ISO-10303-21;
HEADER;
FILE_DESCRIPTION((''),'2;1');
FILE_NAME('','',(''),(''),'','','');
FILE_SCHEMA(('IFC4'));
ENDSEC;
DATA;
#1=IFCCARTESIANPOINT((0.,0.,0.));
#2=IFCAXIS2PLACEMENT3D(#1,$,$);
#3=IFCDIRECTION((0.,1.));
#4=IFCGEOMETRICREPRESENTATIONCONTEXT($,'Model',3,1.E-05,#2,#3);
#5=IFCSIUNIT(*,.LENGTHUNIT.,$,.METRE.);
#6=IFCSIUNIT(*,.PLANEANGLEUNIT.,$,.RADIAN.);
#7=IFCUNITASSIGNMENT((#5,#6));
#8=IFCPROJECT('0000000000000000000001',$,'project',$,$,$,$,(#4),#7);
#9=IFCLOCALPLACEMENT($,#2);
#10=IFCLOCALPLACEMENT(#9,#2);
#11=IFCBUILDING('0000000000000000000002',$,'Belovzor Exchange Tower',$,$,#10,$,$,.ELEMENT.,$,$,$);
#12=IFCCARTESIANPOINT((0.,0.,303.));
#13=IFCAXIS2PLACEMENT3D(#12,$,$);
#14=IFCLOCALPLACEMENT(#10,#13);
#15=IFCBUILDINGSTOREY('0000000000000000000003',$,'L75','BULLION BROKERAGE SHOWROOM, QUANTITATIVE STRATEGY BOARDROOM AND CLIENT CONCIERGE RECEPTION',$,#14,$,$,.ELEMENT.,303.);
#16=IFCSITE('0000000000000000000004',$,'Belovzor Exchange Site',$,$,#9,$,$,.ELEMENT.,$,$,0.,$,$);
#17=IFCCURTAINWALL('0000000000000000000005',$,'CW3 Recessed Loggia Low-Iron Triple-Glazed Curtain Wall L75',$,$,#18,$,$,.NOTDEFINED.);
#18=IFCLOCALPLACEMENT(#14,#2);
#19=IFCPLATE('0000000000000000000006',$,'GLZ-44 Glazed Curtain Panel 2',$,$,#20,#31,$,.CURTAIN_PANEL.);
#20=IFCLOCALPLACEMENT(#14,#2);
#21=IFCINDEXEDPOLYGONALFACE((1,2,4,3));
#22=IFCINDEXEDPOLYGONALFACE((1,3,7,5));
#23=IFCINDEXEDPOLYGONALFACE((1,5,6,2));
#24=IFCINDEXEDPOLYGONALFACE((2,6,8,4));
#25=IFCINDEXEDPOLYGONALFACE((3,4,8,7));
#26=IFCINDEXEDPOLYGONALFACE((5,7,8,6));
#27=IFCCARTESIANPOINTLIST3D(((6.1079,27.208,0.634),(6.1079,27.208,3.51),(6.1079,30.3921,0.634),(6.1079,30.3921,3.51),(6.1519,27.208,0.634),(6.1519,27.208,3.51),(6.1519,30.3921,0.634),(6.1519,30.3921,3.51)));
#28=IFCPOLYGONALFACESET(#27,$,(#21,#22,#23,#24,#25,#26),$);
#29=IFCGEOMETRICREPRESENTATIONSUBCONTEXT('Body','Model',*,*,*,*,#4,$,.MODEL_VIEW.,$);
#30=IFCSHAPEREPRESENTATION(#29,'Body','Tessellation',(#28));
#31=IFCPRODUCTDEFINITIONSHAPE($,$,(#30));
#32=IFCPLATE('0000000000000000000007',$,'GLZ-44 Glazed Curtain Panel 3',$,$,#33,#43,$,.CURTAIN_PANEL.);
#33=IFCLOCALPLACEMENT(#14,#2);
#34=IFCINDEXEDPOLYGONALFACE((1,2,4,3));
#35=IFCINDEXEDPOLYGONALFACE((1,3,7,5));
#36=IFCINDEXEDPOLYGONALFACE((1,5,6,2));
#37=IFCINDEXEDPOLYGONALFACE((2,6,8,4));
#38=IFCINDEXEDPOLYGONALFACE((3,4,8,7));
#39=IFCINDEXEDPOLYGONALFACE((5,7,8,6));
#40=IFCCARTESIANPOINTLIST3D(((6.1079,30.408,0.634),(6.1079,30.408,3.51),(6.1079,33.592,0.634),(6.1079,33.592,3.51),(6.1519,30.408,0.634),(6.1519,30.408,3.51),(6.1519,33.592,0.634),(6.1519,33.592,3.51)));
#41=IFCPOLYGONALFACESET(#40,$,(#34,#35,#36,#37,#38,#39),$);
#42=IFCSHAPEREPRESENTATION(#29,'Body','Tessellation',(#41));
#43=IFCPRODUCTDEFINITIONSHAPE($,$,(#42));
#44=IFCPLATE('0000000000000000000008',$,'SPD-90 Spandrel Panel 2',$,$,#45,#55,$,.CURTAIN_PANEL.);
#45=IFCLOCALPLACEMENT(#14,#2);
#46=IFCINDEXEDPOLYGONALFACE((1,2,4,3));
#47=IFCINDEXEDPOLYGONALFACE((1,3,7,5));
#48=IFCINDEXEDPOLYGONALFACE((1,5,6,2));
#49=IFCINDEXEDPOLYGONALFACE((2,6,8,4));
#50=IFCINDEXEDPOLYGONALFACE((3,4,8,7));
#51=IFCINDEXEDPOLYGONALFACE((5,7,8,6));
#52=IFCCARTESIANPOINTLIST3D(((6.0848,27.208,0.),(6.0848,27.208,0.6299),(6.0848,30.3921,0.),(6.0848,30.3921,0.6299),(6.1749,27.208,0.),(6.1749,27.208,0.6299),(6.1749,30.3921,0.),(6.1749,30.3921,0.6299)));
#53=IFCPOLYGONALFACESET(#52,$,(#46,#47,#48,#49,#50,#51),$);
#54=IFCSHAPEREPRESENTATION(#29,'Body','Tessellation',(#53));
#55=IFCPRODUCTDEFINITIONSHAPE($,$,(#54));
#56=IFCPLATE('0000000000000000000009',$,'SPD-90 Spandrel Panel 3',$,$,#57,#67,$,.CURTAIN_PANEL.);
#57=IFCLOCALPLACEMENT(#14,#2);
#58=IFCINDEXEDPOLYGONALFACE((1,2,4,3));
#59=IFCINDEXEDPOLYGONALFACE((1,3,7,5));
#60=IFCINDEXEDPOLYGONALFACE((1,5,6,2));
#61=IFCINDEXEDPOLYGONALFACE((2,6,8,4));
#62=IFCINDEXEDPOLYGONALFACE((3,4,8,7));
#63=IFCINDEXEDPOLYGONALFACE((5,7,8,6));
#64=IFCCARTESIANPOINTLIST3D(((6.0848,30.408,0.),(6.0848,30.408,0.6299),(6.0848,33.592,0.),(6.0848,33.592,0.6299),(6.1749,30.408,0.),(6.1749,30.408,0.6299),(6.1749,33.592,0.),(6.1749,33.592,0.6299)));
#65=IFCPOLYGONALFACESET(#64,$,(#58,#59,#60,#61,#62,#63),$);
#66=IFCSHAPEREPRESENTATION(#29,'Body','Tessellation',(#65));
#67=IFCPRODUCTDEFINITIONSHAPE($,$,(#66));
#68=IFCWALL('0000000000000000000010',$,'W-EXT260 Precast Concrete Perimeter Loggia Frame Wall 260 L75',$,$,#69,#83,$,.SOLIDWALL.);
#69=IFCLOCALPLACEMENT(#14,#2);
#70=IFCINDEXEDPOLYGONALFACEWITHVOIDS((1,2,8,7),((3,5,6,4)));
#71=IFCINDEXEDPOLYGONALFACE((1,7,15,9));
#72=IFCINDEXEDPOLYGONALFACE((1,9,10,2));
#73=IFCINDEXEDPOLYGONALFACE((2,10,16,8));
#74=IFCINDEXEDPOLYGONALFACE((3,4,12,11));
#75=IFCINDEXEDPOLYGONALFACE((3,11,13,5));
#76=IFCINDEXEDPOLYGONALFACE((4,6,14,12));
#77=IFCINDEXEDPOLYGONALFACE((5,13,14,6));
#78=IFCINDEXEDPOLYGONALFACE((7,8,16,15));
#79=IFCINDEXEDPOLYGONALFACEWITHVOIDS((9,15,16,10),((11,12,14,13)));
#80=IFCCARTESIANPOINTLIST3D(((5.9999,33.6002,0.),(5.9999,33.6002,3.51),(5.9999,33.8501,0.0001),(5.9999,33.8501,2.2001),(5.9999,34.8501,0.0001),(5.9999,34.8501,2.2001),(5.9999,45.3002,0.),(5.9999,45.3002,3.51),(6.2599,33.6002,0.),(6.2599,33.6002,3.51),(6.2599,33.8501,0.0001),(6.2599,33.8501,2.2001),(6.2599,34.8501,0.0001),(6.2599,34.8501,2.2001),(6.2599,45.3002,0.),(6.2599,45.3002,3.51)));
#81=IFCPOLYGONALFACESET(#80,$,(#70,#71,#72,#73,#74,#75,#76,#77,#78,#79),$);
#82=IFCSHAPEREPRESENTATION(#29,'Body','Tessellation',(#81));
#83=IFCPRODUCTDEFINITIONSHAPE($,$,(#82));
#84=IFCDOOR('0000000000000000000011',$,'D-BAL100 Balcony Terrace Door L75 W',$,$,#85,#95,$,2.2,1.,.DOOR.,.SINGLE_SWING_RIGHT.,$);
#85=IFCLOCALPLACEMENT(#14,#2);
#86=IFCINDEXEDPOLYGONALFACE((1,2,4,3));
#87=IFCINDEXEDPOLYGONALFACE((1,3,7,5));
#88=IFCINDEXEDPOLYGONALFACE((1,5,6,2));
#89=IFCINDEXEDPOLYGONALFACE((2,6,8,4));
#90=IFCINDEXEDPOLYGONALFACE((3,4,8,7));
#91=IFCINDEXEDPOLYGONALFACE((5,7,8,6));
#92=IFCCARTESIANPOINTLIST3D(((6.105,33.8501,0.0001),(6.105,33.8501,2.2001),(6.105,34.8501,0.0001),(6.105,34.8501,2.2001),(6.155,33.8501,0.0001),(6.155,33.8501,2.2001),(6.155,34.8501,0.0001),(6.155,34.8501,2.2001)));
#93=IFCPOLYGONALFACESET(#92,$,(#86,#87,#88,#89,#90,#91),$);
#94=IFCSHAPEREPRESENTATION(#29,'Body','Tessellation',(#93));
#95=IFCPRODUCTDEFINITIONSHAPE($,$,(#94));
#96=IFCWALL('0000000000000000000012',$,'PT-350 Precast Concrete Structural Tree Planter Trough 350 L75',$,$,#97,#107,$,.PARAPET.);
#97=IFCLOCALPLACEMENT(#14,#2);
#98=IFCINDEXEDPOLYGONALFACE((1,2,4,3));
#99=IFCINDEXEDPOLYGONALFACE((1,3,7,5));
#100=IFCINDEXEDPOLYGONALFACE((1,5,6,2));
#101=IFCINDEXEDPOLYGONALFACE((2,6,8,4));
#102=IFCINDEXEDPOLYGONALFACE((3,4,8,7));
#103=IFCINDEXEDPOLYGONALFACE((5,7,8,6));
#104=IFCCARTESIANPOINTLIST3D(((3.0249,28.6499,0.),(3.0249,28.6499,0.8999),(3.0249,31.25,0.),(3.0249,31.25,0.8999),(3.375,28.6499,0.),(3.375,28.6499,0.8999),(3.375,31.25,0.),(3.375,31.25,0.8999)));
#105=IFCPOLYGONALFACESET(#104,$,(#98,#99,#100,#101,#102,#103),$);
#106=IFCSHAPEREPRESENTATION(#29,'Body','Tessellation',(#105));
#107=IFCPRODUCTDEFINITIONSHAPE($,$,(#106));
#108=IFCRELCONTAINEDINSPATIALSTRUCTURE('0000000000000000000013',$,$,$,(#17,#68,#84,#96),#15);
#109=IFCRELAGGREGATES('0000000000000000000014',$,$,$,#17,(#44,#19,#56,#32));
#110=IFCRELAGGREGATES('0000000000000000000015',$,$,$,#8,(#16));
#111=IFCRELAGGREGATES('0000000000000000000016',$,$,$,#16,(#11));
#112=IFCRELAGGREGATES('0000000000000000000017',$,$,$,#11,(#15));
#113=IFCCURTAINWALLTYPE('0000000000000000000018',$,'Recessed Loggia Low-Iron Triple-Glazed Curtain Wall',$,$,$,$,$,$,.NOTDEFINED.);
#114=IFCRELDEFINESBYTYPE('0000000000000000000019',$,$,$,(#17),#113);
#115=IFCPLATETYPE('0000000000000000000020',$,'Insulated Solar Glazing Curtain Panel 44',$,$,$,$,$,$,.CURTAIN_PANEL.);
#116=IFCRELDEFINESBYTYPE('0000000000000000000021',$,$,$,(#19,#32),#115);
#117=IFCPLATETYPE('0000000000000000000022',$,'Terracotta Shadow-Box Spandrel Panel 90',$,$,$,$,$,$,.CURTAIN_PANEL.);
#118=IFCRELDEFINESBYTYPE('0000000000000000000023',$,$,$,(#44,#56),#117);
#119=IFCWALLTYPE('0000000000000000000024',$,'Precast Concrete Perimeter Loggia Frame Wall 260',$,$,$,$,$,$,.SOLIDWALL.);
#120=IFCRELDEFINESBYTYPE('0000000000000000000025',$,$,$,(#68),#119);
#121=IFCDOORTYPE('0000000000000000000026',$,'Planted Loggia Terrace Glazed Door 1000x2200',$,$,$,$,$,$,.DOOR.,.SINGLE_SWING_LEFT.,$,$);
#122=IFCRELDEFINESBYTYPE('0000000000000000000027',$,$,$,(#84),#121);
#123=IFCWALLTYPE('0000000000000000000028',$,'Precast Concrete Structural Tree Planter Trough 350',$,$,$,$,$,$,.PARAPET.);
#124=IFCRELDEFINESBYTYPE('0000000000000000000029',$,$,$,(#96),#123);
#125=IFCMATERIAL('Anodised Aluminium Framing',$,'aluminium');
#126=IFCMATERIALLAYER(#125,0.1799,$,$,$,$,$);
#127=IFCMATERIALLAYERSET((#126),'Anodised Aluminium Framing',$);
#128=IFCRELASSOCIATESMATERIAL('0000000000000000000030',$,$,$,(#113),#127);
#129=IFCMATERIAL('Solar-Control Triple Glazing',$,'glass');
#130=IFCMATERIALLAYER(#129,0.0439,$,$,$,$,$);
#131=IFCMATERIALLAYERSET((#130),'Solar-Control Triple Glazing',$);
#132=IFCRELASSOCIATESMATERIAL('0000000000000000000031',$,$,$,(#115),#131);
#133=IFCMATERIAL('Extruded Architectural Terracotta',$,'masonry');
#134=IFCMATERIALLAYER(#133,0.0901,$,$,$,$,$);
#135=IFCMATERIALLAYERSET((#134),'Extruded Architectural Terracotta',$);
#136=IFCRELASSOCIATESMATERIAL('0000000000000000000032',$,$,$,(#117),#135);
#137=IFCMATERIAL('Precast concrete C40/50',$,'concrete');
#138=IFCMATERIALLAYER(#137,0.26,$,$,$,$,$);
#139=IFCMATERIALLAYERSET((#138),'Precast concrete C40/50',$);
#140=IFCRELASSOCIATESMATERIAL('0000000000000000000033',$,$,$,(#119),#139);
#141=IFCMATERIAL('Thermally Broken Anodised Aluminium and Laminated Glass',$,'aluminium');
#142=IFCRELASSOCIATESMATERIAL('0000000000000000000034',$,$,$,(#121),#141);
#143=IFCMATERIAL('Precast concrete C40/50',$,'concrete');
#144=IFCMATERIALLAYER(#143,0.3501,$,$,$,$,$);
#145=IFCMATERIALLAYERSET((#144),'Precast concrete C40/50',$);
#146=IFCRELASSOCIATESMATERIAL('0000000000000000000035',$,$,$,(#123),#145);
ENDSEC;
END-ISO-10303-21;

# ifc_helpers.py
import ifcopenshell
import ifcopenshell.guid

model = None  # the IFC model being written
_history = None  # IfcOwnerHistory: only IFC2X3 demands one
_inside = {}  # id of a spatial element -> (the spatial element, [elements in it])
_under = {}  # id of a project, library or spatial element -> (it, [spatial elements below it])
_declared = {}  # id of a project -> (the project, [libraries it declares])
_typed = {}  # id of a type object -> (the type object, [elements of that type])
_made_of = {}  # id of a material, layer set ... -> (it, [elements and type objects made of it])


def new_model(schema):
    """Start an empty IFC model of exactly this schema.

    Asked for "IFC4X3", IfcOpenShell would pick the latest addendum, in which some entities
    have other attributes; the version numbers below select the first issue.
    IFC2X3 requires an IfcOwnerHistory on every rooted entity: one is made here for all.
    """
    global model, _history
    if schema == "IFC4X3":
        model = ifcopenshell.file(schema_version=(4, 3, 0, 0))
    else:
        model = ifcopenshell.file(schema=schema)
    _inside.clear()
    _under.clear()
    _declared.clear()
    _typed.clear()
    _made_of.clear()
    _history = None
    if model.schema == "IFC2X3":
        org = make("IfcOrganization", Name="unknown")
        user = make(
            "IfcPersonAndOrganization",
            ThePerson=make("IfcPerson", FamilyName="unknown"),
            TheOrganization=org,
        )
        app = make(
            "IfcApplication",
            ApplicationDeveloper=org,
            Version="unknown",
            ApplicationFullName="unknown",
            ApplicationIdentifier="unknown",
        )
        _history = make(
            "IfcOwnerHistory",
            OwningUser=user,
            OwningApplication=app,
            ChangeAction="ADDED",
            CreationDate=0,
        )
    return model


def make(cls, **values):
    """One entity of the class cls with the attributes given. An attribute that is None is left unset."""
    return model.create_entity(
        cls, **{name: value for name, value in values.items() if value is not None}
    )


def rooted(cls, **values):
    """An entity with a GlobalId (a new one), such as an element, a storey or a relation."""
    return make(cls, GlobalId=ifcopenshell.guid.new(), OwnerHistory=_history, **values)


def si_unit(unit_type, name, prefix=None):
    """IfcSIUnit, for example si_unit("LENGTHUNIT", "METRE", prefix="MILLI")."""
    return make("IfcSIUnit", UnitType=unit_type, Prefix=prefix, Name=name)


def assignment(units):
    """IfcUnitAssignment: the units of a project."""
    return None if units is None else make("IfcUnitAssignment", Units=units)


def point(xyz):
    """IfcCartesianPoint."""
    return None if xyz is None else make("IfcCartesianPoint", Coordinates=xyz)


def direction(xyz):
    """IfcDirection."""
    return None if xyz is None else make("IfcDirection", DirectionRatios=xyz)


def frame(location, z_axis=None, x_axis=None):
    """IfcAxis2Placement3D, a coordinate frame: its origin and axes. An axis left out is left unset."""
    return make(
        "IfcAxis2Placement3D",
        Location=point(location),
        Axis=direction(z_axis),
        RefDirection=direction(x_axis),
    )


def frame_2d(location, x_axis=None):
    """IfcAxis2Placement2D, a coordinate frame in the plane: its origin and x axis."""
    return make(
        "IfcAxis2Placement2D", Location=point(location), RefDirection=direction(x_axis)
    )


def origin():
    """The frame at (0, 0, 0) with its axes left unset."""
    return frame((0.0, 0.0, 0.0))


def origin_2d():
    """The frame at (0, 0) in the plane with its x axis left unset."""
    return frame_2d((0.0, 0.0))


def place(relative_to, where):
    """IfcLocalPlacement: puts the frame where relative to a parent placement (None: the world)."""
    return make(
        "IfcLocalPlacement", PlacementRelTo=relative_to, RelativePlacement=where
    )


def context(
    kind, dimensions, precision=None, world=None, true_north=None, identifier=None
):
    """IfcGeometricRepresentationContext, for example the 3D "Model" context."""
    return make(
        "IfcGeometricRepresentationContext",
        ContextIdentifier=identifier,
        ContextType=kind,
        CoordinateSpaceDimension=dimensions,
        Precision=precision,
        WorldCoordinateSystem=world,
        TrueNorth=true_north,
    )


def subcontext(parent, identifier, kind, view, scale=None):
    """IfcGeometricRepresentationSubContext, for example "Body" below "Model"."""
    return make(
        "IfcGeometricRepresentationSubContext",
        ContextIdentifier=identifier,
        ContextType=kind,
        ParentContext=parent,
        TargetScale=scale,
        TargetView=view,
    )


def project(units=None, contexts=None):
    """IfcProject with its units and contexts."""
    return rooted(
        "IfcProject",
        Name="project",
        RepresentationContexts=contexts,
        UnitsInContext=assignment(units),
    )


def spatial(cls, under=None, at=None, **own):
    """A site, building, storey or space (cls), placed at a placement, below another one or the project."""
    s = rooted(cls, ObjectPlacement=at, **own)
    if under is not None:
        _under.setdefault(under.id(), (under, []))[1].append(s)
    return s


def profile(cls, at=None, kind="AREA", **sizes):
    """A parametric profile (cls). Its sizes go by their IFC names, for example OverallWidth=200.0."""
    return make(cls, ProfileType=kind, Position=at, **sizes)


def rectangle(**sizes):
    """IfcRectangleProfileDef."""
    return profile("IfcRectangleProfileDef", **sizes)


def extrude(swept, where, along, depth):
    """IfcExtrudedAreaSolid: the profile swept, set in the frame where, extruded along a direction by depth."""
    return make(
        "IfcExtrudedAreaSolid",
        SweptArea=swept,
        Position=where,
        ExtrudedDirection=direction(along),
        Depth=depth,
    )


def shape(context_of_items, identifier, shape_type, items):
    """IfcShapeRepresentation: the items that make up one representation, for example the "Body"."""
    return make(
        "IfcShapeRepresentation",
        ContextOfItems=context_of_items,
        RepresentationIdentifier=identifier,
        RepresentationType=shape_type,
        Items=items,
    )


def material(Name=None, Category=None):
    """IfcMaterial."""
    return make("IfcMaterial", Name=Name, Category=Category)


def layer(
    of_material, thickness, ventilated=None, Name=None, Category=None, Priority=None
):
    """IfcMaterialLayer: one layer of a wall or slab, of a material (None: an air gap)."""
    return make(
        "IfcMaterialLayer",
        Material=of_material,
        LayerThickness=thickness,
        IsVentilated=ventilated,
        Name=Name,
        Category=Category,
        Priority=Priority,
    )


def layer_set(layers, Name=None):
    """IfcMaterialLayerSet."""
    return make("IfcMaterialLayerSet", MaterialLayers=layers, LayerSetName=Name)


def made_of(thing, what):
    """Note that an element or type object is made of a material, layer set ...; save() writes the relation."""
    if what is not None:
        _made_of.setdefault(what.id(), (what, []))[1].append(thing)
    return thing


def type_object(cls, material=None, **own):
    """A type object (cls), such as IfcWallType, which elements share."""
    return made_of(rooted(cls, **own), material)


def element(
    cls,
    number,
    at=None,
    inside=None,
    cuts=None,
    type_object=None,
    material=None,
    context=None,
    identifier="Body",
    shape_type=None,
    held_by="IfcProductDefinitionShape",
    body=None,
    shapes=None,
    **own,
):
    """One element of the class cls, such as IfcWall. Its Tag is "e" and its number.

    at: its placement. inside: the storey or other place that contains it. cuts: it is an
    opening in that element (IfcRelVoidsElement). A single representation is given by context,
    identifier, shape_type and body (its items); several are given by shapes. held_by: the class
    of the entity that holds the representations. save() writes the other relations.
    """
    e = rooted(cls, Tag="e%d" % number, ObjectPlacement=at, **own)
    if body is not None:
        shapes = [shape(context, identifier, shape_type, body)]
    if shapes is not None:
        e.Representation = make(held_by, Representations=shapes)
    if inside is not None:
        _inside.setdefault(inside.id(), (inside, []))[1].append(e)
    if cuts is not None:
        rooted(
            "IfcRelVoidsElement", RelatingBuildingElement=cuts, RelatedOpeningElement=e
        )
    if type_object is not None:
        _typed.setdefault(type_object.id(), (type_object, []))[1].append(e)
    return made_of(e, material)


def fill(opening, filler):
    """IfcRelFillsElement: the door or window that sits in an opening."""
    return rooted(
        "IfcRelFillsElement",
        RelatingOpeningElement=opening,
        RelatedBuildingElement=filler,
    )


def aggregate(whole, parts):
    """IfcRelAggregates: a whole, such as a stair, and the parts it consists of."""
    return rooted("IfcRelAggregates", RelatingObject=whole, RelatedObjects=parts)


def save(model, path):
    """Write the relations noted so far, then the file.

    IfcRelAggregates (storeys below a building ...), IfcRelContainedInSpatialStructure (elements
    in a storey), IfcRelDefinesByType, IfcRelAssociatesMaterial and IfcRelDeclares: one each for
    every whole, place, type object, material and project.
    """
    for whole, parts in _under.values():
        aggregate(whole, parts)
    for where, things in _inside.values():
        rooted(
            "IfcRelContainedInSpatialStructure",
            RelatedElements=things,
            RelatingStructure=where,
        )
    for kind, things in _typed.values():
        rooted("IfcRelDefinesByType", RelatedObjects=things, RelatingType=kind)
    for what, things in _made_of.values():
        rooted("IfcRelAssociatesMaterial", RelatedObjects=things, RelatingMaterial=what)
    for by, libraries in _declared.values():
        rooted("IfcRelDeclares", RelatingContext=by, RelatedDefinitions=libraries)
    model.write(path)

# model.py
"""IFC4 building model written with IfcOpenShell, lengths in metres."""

from ifc_helpers import new_model, si_unit, direction, frame, frame_2d, origin, origin_2d, place, context, subcontext, project, spatial, rectangle, extrude, material, layer, layer_set, type_object, element, fill, aggregate, save


model = new_model("IFC4")

# Units and contexts
model_context = context("Model", 3, precision=1e-05, world=origin(), true_north=direction((0.0, 1.0)))
body_context = subcontext(model_context, "Body", "Model", "MODEL_VIEW")
ifc_project = project(units=[si_unit("LENGTHUNIT", "METRE"), si_unit("PLANEANGLEUNIT", "RADIAN")], contexts=[model_context])

# Site, building, storey
site_placement = place(None, origin())
site = spatial("IfcSite", under=ifc_project, at=site_placement, Name="Belovzor Exchange Site", CompositionType="ELEMENT", RefElevation=0.0)
building_placement = place(site_placement, origin())
building = spatial("IfcBuilding", under=site, at=building_placement, Name="Belovzor Exchange Tower", CompositionType="ELEMENT")
storey_placement = place(building_placement, frame((0.0, 0.0, 303.0)))
storey = spatial("IfcBuildingStorey", under=building, at=storey_placement, Name="L75", Description="BULLION BROKERAGE SHOWROOM, QUANTITATIVE STRATEGY BOARDROOM AND CLIENT CONCIERGE RECEPTION", CompositionType="ELEMENT", Elevation=303.0)

# Curtain wall
ifc_material_1 = material(Name="Anodised Aluminium Framing", Category="aluminium")
ifc_layer_1 = layer(ifc_material_1, 0.1799)
ifc_layer_set_1 = layer_set([ifc_layer_1], Name="Anodised Aluminium Framing")
curtain_wall_type = type_object("IfcCurtainWallType", Name="Recessed Loggia Low-Iron Triple-Glazed Curtain Wall", PredefinedType="NOTDEFINED", material=ifc_layer_set_1)
curtain_wall_placement = place(storey_placement, origin())
curtain_wall = element("IfcCurtainWall", 1, at=curtain_wall_placement, inside=storey, type_object=curtain_wall_type, Name="CW3 Recessed Loggia Low-Iron Triple-Glazed Curtain Wall L75", PredefinedType="NOTDEFINED")

# Plates
ifc_material_2 = material(Name="Solar-Control Triple Glazing", Category="glass")
ifc_layer_2 = layer(ifc_material_2, 0.0439)
ifc_layer_set_2 = layer_set([ifc_layer_2], Name="Solar-Control Triple Glazing")
plate_type_1 = type_object("IfcPlateType", Name="Insulated Solar Glazing Curtain Panel 44", PredefinedType="CURTAIN_PANEL", material=ifc_layer_set_2)
plate_1_placement = place(storey_placement, frame((6.1299, 28.8, 0.634), z_axis=(0.0, 0.0, 1.0), x_axis=(0.0, 1.0, 0.0)))
plate_1 = element("IfcPlate", 2, at=plate_1_placement, type_object=plate_type_1, Name="GLZ-44 Glazed Curtain Panel 2", PredefinedType="CURTAIN_PANEL", context=body_context, shape_type="SweptSolid", body=[
    extrude(rectangle(XDim=3.1841, YDim=0.0439, at=origin_2d()), origin(), (0.0, 0.0, 1.0), 2.876),
])
plate_2_placement = place(storey_placement, frame((6.1299, 32.0, 0.634), z_axis=(0.0, 0.0, 1.0), x_axis=(0.0, 1.0, 0.0)))
plate_2 = element("IfcPlate", 3, at=plate_2_placement, type_object=plate_type_1, Name="GLZ-44 Glazed Curtain Panel 3", PredefinedType="CURTAIN_PANEL", context=body_context, shape_type="SweptSolid", body=[
    extrude(rectangle(XDim=3.1841, YDim=0.0439, at=origin_2d()), origin(), (0.0, 0.0, 1.0), 2.876),
])
ifc_material_3 = material(Name="Extruded Architectural Terracotta", Category="masonry")
ifc_layer_3 = layer(ifc_material_3, 0.0901)
ifc_layer_set_3 = layer_set([ifc_layer_3], Name="Extruded Architectural Terracotta")
plate_type_2 = type_object("IfcPlateType", Name="Terracotta Shadow-Box Spandrel Panel 90", PredefinedType="CURTAIN_PANEL", material=ifc_layer_set_3)
plate_3_placement = place(storey_placement, frame((6.1299, 28.8, 0.0), z_axis=(0.0, 0.0, 1.0), x_axis=(0.0, 1.0, 0.0)))
plate_3 = element("IfcPlate", 4, at=plate_3_placement, type_object=plate_type_2, Name="SPD-90 Spandrel Panel 2", PredefinedType="CURTAIN_PANEL", context=body_context, shape_type="SweptSolid", body=[
    extrude(rectangle(XDim=3.1841, YDim=0.0901, at=origin_2d()), origin(), (0.0, 0.0, 1.0), 0.6299),
])
plate_4_placement = place(storey_placement, frame((6.1299, 32.0, 0.0), z_axis=(0.0, 0.0, 1.0), x_axis=(0.0, 1.0, 0.0)))
plate_4 = element("IfcPlate", 5, at=plate_4_placement, type_object=plate_type_2, Name="SPD-90 Spandrel Panel 3", PredefinedType="CURTAIN_PANEL", context=body_context, shape_type="SweptSolid", body=[
    extrude(rectangle(XDim=3.1841, YDim=0.0901, at=origin_2d()), origin(), (0.0, 0.0, 1.0), 0.6299),
])
aggregate(curtain_wall, [plate_3, plate_1, plate_4, plate_2])

# Wall, opening, door
ifc_material_4 = material(Name="Precast concrete C40/50", Category="concrete")
ifc_layer_4 = layer(ifc_material_4, 0.26)
ifc_layer_set_4 = layer_set([ifc_layer_4], Name="Precast concrete C40/50")
wall_type_1 = type_object("IfcWallType", Name="Precast Concrete Perimeter Loggia Frame Wall 260", PredefinedType="SOLIDWALL", material=ifc_layer_set_4)
wall_1_placement = place(storey_placement, frame((6.1299, 33.6001, 0.0), z_axis=(0.0, 0.0, 1.0), x_axis=(0.0, 1.0, 0.0)))
wall_1 = element("IfcWall", 6, at=wall_1_placement, inside=storey, type_object=wall_type_1, Name="W-EXT260 Precast Concrete Perimeter Loggia Frame Wall 260 L75", PredefinedType="SOLIDWALL", context=body_context, shape_type="SweptSolid", body=[
    extrude(rectangle(XDim=11.7, YDim=0.26, at=frame_2d((5.8501, 0.0))), origin(), (0.0, 0.0, 1.0), 3.51),
])
opening_placement = place(wall_1_placement, frame((0.25, 0.0, 0.0)))
opening = element("IfcOpeningElement", 7, at=opening_placement, cuts=wall_1, PredefinedType="OPENING", context=body_context, shape_type="SweptSolid", body=[
    extrude(rectangle(XDim=1.0, YDim=2.2, at=frame_2d((0.5, 1.1001))), frame((0.0, 0.1399, 0.0), z_axis=(0.0, -1.0, 0.0), x_axis=(1.0, 0.0, 0.0)), (0.0, 0.0, 1.0), 0.28),
])
ifc_material_5 = material(Name="Thermally Broken Anodised Aluminium and Laminated Glass", Category="aluminium")
door_type = type_object("IfcDoorType", Name="Planted Loggia Terrace Glazed Door 1000x2200", OperationType="SINGLE_SWING_LEFT", PredefinedType="DOOR", material=ifc_material_5)
door_placement = place(opening_placement, origin())
door = element("IfcDoor", 8, at=door_placement, inside=storey, type_object=door_type, Name="D-BAL100 Balcony Terrace Door L75 W", OperationType="SINGLE_SWING_RIGHT", OverallHeight=2.2, OverallWidth=1.0, PredefinedType="DOOR", context=body_context, shape_type="SweptSolid", body=[
    extrude(rectangle(XDim=1.0, YDim=2.2, at=frame_2d((0.5, 1.1001))), frame((0.0, 0.0249, 0.0), z_axis=(0.0, -1.0, 0.0), x_axis=(1.0, 0.0, 0.0)), (0.0, 0.0, 1.0), 0.05),
])
fill(opening, door)

# Wall
ifc_material_6 = material(Name="Precast concrete C40/50", Category="concrete")
ifc_layer_5 = layer(ifc_material_6, 0.3501)
ifc_layer_set_5 = layer_set([ifc_layer_5], Name="Precast concrete C40/50")
wall_type_2 = type_object("IfcWallType", Name="Precast Concrete Structural Tree Planter Trough 350", PredefinedType="PARAPET", material=ifc_layer_set_5)
wall_2_placement = place(storey_placement, frame((3.2, 28.6499, 0.0), z_axis=(0.0, 0.0, 1.0), x_axis=(0.0, 1.0, 0.0)))
element("IfcWall", 9, at=wall_2_placement, inside=storey, type_object=wall_type_2, Name="PT-350 Precast Concrete Structural Tree Planter Trough 350 L75", PredefinedType="PARAPET", context=body_context, shape_type="SweptSolid", body=[
    extrude(rectangle(XDim=2.6001, YDim=0.3501, at=frame_2d((1.3, 0.0))), origin(), (0.0, 0.0, 1.0), 0.8999),
])

save(model, "model.ifc")
